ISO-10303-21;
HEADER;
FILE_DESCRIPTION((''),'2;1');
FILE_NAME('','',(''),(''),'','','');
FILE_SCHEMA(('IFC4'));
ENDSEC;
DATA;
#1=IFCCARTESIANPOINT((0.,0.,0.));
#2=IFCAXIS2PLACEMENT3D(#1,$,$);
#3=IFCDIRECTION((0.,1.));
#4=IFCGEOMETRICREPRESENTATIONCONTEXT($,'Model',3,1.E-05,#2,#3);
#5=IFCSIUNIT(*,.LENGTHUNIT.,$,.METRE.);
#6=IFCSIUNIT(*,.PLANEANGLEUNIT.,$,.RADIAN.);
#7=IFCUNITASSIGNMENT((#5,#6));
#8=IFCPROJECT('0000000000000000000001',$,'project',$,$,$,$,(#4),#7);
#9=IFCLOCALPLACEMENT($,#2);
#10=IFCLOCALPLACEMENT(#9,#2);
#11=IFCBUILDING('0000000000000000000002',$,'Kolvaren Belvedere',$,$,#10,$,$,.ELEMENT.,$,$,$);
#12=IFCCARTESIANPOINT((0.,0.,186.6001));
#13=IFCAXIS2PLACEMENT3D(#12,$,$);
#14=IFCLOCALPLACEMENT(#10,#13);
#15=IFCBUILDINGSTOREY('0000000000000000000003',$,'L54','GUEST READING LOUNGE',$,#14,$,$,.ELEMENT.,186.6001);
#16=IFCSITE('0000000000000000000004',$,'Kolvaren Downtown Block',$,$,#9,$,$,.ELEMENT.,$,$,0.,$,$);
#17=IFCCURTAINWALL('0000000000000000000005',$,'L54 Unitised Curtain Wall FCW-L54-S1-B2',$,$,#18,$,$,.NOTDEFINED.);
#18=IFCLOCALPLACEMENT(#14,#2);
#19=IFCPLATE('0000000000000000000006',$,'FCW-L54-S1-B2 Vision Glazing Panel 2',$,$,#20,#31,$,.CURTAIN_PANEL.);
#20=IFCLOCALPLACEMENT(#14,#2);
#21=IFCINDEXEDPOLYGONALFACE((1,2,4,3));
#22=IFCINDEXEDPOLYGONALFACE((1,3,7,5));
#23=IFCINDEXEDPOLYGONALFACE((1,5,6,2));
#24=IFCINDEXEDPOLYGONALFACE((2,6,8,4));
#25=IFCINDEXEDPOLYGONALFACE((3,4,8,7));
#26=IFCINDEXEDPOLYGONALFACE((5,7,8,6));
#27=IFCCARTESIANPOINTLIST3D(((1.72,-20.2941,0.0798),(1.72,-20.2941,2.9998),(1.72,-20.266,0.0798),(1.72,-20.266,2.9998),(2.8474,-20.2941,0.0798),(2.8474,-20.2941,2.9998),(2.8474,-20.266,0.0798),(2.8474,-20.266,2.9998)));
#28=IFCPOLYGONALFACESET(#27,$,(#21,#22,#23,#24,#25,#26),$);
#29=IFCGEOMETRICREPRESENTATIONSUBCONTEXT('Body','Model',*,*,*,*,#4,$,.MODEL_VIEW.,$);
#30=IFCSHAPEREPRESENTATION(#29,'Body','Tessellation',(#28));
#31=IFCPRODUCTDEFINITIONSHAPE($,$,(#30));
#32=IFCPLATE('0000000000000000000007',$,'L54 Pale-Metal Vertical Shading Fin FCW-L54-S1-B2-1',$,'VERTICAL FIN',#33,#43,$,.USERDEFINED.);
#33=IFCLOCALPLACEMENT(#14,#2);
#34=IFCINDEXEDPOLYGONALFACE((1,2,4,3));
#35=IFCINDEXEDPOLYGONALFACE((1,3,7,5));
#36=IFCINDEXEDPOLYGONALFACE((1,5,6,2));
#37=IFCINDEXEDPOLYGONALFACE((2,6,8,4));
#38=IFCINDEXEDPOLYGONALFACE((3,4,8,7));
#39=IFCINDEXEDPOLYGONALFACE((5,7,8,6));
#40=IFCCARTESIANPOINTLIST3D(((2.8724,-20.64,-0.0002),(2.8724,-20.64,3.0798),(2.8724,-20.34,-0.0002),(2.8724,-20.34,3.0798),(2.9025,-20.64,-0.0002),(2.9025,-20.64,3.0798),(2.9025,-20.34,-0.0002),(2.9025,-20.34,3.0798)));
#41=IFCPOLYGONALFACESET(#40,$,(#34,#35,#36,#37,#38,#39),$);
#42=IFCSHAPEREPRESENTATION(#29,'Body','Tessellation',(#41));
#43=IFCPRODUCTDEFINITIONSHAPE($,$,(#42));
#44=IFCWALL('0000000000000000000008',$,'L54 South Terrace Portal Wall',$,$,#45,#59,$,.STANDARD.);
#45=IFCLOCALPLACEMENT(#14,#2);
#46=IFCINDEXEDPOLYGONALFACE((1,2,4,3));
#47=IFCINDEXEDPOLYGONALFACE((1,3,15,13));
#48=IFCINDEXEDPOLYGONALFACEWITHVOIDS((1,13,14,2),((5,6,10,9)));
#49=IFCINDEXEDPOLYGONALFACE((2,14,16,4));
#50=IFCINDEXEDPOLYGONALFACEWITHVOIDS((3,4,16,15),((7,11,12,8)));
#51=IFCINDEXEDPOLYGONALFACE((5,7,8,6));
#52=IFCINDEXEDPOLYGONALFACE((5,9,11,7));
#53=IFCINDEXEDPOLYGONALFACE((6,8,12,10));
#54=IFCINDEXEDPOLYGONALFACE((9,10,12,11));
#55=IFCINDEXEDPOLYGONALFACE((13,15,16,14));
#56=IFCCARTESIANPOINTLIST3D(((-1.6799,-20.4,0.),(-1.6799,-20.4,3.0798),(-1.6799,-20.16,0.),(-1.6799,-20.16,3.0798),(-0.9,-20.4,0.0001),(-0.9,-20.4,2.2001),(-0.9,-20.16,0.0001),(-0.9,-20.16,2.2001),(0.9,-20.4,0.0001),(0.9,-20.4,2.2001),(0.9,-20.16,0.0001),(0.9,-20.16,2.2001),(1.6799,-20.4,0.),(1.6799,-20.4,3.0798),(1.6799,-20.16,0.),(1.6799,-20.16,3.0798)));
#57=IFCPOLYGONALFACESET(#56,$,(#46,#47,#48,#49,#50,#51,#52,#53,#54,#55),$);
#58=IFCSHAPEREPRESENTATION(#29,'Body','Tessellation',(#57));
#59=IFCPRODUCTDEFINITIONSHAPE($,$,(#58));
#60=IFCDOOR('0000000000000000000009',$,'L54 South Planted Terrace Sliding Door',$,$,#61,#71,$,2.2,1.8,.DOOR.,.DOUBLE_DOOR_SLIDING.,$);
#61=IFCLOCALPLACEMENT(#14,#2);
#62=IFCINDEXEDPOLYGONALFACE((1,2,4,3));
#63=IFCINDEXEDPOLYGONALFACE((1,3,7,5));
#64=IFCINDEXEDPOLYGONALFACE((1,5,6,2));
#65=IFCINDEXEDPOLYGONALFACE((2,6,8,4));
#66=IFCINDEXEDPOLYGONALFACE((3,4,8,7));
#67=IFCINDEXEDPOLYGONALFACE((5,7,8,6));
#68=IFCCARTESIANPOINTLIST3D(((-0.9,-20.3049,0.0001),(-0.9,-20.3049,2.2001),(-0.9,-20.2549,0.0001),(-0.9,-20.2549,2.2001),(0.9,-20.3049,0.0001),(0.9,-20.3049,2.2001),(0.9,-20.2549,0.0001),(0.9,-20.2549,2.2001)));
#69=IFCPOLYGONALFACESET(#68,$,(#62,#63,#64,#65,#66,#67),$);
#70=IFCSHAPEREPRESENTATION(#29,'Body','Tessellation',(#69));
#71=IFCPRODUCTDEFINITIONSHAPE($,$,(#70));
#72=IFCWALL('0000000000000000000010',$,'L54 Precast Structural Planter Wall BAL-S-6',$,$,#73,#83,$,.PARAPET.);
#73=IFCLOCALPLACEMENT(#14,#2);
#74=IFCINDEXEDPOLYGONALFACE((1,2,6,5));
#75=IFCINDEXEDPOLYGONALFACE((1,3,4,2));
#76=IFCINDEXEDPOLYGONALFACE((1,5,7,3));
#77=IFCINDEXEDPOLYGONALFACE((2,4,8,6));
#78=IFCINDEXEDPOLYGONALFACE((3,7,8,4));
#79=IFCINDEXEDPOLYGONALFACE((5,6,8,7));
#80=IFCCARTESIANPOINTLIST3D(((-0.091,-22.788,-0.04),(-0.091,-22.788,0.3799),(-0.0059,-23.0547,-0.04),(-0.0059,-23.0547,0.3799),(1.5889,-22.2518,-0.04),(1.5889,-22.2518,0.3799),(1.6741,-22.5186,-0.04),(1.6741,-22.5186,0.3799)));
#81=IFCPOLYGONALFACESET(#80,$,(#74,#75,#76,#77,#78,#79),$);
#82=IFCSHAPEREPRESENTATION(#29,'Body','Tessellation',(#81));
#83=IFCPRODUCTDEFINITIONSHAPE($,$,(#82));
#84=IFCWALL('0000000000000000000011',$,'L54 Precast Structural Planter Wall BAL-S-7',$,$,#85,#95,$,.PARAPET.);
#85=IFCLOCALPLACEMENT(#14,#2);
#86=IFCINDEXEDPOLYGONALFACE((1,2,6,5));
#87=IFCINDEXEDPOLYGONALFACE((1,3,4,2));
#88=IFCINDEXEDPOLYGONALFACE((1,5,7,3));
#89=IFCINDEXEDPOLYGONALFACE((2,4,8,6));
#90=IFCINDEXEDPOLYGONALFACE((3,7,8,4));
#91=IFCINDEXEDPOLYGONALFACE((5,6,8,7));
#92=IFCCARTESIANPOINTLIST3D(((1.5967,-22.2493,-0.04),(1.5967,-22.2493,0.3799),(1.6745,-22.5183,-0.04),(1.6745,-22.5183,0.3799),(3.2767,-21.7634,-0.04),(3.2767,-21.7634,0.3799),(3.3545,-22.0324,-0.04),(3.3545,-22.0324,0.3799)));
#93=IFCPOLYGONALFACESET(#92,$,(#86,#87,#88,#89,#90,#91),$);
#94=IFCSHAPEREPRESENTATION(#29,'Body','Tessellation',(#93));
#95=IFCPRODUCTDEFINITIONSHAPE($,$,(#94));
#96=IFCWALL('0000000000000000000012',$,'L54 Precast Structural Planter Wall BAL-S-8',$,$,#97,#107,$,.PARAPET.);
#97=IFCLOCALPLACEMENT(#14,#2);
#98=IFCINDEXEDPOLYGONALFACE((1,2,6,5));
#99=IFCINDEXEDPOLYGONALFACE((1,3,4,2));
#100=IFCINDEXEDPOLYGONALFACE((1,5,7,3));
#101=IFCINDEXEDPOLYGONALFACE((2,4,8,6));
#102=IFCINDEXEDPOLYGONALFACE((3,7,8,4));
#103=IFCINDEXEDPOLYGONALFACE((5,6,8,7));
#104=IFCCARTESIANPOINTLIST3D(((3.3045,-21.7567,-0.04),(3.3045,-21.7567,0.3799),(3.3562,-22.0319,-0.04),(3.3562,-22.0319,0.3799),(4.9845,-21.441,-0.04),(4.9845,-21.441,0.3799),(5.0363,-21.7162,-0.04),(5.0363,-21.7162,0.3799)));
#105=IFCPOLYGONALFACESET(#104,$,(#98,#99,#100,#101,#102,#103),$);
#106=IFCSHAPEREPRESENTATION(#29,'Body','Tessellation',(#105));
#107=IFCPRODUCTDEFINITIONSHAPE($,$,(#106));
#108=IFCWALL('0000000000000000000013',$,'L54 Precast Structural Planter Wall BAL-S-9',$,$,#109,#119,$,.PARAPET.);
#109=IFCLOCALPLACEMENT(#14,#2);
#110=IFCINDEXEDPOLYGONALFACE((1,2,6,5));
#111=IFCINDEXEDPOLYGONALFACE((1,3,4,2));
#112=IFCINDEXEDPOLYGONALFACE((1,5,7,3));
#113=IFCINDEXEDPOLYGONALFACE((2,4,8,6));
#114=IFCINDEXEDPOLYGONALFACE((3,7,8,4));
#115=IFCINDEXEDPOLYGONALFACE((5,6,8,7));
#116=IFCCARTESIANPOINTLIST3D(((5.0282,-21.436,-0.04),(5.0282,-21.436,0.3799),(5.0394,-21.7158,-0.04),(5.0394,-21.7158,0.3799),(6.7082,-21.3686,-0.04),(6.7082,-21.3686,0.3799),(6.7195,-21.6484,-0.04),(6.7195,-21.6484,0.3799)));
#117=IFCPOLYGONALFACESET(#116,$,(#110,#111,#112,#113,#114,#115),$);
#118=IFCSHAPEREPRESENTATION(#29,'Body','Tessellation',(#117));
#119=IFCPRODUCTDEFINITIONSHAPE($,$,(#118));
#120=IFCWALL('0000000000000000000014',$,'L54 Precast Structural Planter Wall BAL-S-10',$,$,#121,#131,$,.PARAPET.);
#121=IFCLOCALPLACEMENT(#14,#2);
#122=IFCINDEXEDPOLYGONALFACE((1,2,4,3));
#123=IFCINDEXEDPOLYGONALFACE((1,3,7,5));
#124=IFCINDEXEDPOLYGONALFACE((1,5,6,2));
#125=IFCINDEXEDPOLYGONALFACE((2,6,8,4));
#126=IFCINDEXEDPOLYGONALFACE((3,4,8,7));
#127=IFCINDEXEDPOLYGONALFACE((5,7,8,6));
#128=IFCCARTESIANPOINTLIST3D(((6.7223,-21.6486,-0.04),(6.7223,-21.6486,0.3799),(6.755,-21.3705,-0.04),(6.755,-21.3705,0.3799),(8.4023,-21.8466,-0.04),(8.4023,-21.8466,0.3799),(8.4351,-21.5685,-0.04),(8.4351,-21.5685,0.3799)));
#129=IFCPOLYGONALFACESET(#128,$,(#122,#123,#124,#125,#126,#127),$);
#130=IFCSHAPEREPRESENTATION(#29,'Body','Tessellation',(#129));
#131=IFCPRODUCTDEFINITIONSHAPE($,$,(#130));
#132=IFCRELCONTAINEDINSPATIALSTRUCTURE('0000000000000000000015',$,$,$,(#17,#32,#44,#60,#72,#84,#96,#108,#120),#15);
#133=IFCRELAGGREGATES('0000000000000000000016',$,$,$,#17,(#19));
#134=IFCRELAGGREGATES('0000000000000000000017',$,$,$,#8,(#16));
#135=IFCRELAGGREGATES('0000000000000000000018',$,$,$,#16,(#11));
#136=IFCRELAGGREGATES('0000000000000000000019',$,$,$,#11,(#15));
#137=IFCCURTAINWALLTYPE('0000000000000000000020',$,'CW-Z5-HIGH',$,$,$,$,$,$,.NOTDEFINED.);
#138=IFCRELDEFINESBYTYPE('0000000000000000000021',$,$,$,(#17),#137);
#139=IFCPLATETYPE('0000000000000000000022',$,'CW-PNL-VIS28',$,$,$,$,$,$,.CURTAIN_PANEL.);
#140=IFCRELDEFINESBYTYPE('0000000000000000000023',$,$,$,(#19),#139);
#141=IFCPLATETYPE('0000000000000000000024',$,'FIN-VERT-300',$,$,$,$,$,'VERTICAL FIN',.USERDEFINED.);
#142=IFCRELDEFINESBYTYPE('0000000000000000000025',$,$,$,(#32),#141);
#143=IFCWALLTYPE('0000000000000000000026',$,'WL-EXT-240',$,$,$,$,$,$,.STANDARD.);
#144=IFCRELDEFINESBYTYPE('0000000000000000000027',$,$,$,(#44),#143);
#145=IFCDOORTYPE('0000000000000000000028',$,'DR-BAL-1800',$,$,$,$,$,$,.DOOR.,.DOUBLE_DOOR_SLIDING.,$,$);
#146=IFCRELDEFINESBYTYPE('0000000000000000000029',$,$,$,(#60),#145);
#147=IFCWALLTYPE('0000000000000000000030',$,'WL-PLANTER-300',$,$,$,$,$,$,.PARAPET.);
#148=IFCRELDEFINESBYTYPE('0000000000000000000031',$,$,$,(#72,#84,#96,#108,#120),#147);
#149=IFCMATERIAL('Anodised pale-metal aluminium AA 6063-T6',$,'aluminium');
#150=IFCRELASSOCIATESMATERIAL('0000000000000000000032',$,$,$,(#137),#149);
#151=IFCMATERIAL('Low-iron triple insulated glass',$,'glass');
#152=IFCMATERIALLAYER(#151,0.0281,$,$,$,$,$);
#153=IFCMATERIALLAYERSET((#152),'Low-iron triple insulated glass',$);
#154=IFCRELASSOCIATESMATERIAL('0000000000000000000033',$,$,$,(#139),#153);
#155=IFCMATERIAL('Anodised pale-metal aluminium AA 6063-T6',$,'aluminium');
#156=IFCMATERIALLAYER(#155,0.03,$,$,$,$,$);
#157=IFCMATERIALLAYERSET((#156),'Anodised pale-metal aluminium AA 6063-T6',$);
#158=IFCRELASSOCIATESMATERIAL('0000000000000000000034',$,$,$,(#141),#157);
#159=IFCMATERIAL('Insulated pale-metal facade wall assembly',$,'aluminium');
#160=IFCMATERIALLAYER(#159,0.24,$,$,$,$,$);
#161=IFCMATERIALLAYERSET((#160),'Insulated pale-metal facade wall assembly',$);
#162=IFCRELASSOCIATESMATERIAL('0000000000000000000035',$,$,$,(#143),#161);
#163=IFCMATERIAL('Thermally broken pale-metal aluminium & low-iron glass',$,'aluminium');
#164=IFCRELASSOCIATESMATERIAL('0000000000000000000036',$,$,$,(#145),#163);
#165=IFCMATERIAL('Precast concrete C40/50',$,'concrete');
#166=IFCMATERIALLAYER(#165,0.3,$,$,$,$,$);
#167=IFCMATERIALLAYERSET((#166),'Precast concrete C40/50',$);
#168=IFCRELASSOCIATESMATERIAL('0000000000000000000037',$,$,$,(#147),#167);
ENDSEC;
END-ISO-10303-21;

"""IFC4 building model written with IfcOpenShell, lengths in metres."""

from ifc_helpers import new_model, si_unit, direction, frame, frame_2d, origin, origin_2d, place, context, subcontext, project, spatial, rectangle, extrude, material, layer, layer_set, type_object, element, fill, aggregate, save


model = new_model("IFC4")

# Units and contexts
model_context = context("Model", 3, precision=1e-05, world=origin(), true_north=direction((0.0, 1.0)))
body_context = subcontext(model_context, "Body", "Model", "MODEL_VIEW")
ifc_project = project(units=[si_unit("LENGTHUNIT", "METRE"), si_unit("PLANEANGLEUNIT", "RADIAN")], contexts=[model_context])

# Site, building, storey
site_placement = place(None, origin())
site = spatial("IfcSite", under=ifc_project, at=site_placement, Name="Kolvaren Downtown Block", CompositionType="ELEMENT", RefElevation=0.0)
building_placement = place(site_placement, origin())
building = spatial("IfcBuilding", under=site, at=building_placement, Name="Kolvaren Belvedere", CompositionType="ELEMENT")
storey_placement = place(building_placement, frame((0.0, 0.0, 186.6001)))
storey = spatial("IfcBuildingStorey", under=building, at=storey_placement, Name="L54", Description="GUEST READING LOUNGE", CompositionType="ELEMENT", Elevation=186.6001)

# Curtain wall
ifc_material_1 = material(Name="Anodised pale-metal aluminium AA 6063-T6", Category="aluminium")
curtain_wall_type = type_object("IfcCurtainWallType", Name="CW-Z5-HIGH", PredefinedType="NOTDEFINED", material=ifc_material_1)
curtain_wall_1_placement = place(storey_placement, origin())
curtain_wall_1 = element("IfcCurtainWall", 1, at=curtain_wall_1_placement, inside=storey, type_object=curtain_wall_type, Name="L54 Unitised Curtain Wall FCW-L54-S1-B2", PredefinedType="NOTDEFINED")

# Plates
ifc_material_2 = material(Name="Low-iron triple insulated glass", Category="glass")
ifc_layer_1 = layer(ifc_material_2, 0.0281)
ifc_layer_set_1 = layer_set([ifc_layer_1], Name="Low-iron triple insulated glass")
plate_type_1 = type_object("IfcPlateType", Name="CW-PNL-VIS28", PredefinedType="CURTAIN_PANEL", material=ifc_layer_set_1)
plate_1_placement = place(storey_placement, frame((2.2837, -20.28, 0.0798), z_axis=(0.0, 0.0, 1.0), x_axis=(-1.0, 0.0, 0.0)))
plate_1 = element("IfcPlate", 2, at=plate_1_placement, type_object=plate_type_1, Name="FCW-L54-S1-B2 Vision Glazing Panel 2", PredefinedType="CURTAIN_PANEL", context=body_context, shape_type="SweptSolid", body=[
    extrude(rectangle(XDim=1.1274, YDim=0.0281, at=origin_2d()), origin(), (0.0, 0.0, 1.0), 2.9199),
])
aggregate(curtain_wall_1, [plate_1])
ifc_material_3 = material(Name="Anodised pale-metal aluminium AA 6063-T6", Category="aluminium")
ifc_layer_2 = layer(ifc_material_3, 0.03)
ifc_layer_set_2 = layer_set([ifc_layer_2], Name="Anodised pale-metal aluminium AA 6063-T6")
plate_type_2 = type_object("IfcPlateType", Name="FIN-VERT-300", ElementType="VERTICAL FIN", PredefinedType="USERDEFINED", material=ifc_layer_set_2)
plate_2_placement = place(storey_placement, frame((2.8875, -20.49, -0.0002), z_axis=(0.0, 0.0, 1.0), x_axis=(0.0, 1.0, 0.0)))
element("IfcPlate", 3, at=plate_2_placement, inside=storey, type_object=plate_type_2, Name="L54 Pale-Metal Vertical Shading Fin FCW-L54-S1-B2-1", ObjectType="VERTICAL FIN", PredefinedType="USERDEFINED", context=body_context, shape_type="SweptSolid", body=[
    extrude(rectangle(XDim=0.3, YDim=0.03, at=origin_2d()), origin(), (0.0, 0.0, 1.0), 3.0801),
])

# Wall, opening, door
ifc_material_4 = material(Name="Insulated pale-metal facade wall assembly", Category="aluminium")
ifc_layer_3 = layer(ifc_material_4, 0.24)
ifc_layer_set_3 = layer_set([ifc_layer_3], Name="Insulated pale-metal facade wall assembly")
wall_type_1 = type_object("IfcWallType", Name="WL-EXT-240", PredefinedType="STANDARD", material=ifc_layer_set_3)
wall_1_placement = place(storey_placement, frame((1.6799, -20.28, 0.0), z_axis=(0.0, 0.0, 1.0), x_axis=(-1.0, 0.0, 0.0)))
wall_1 = element("IfcWall", 4, at=wall_1_placement, inside=storey, type_object=wall_type_1, Name="L54 South Terrace Portal Wall", PredefinedType="STANDARD", context=body_context, shape_type="SweptSolid", body=[
    extrude(rectangle(XDim=3.3599, YDim=0.24, at=frame_2d((1.6799, 0.0))), origin(), (0.0, 0.0, 1.0), 3.0798),
])
opening_placement = place(wall_1_placement, frame((0.78, 0.0, 0.0)))
opening = element("IfcOpeningElement", 5, at=opening_placement, cuts=wall_1, PredefinedType="OPENING", context=body_context, shape_type="SweptSolid", body=[
    extrude(rectangle(XDim=1.8, YDim=2.2, at=frame_2d((0.8999, 1.1001))), frame((0.0, 0.1299, 0.0), z_axis=(0.0, -1.0, 0.0), x_axis=(1.0, 0.0, 0.0)), (0.0, 0.0, 1.0), 0.26),
])
ifc_material_5 = material(Name="Thermally broken pale-metal aluminium & low-iron glass", Category="aluminium")
door_type = type_object("IfcDoorType", Name="DR-BAL-1800", OperationType="DOUBLE_DOOR_SLIDING", PredefinedType="DOOR", material=ifc_material_5)
door_placement = place(opening_placement, origin())
door = element("IfcDoor", 6, at=door_placement, inside=storey, type_object=door_type, Name="L54 South Planted Terrace Sliding Door", OperationType="DOUBLE_DOOR_SLIDING", OverallHeight=2.2, OverallWidth=1.8, PredefinedType="DOOR", context=body_context, shape_type="SweptSolid", body=[
    extrude(rectangle(XDim=1.8, YDim=2.2, at=frame_2d((0.8999, 1.1001))), frame((0.0, 0.0249, 0.0), z_axis=(0.0, -1.0, 0.0), x_axis=(1.0, 0.0, 0.0)), (0.0, 0.0, 1.0), 0.05),
])
fill(opening, door)

# Walls
ifc_material_6 = material(Name="Precast concrete C40/50", Category="concrete")
ifc_layer_4 = layer(ifc_material_6, 0.3)
ifc_layer_set_4 = layer_set([ifc_layer_4], Name="Precast concrete C40/50")
wall_type_2 = type_object("IfcWallType", Name="WL-PLANTER-300", PredefinedType="PARAPET", material=ifc_layer_set_4)
wall_2_placement = place(storey_placement, frame((-0.0486, -22.9214, -0.04), z_axis=(0.0, 0.0, 1.0), x_axis=(0.952662, 0.304032, 0.0)))
element("IfcWall", 7, at=wall_2_placement, inside=storey, type_object=wall_type_2, Name="L54 Precast Structural Planter Wall BAL-S-6", PredefinedType="PARAPET", context=body_context, shape_type="SweptSolid", body=[
    extrude(rectangle(XDim=1.7634, YDim=0.28, at=frame_2d((0.8818, 0.0))), origin(), (0.0, 0.0, 1.0), 0.4199),
])
wall_3_placement = place(storey_placement, frame((1.6355, -22.3838, -0.04), z_axis=(0.0, 0.0, 1.0), x_axis=(0.960634, 0.277817, 0.0)))
element("IfcWall", 8, at=wall_3_placement, inside=storey, type_object=wall_type_2, Name="L54 Precast Structural Planter Wall BAL-S-7", PredefinedType="PARAPET", context=body_context, shape_type="SweptSolid", body=[
    extrude(rectangle(XDim=1.7488, YDim=0.28, at=frame_2d((0.8745, 0.0))), origin(), (0.0, 0.0, 1.0), 0.4199),
])
wall_4_placement = place(storey_placement, frame((3.3303, -21.8943, -0.04), z_axis=(0.0, 0.0, 1.0), x_axis=(0.982804, 0.184651, 0.0)))
element("IfcWall", 9, at=wall_4_placement, inside=storey, type_object=wall_type_2, Name="L54 Precast Structural Planter Wall BAL-S-8", PredefinedType="PARAPET", context=body_context, shape_type="SweptSolid", body=[
    extrude(rectangle(XDim=1.7095, YDim=0.28, at=frame_2d((0.8547, 0.0))), origin(), (0.0, 0.0, 1.0), 0.4199),
])
wall_5_placement = place(storey_placement, frame((5.0337, -21.5759, -0.04), z_axis=(0.0, 0.0, 1.0), x_axis=(0.999197, 0.040078, 0.0)))
element("IfcWall", 10, at=wall_5_placement, inside=storey, type_object=wall_type_2, Name="L54 Precast Structural Planter Wall BAL-S-9", PredefinedType="PARAPET", context=body_context, shape_type="SweptSolid", body=[
    extrude(rectangle(XDim=1.6814, YDim=0.28, at=frame_2d((0.8408, 0.0))), origin(), (0.0, 0.0, 1.0), 0.4199),
])
wall_6_placement = place(storey_placement, frame((6.7388, -21.5095, -0.04), z_axis=(0.0, 0.0, 1.0), x_axis=(0.993126, -0.117051, 0.0)))
element("IfcWall", 11, at=wall_6_placement, inside=storey, type_object=wall_type_2, Name="L54 Precast Structural Planter Wall BAL-S-10", PredefinedType="PARAPET", context=body_context, shape_type="SweptSolid", body=[
    extrude(rectangle(XDim=1.6917, YDim=0.28, at=frame_2d((0.8457, 0.0))), origin(), (0.0, 0.0, 1.0), 0.4199),
])

save(model, "model.ifc")
